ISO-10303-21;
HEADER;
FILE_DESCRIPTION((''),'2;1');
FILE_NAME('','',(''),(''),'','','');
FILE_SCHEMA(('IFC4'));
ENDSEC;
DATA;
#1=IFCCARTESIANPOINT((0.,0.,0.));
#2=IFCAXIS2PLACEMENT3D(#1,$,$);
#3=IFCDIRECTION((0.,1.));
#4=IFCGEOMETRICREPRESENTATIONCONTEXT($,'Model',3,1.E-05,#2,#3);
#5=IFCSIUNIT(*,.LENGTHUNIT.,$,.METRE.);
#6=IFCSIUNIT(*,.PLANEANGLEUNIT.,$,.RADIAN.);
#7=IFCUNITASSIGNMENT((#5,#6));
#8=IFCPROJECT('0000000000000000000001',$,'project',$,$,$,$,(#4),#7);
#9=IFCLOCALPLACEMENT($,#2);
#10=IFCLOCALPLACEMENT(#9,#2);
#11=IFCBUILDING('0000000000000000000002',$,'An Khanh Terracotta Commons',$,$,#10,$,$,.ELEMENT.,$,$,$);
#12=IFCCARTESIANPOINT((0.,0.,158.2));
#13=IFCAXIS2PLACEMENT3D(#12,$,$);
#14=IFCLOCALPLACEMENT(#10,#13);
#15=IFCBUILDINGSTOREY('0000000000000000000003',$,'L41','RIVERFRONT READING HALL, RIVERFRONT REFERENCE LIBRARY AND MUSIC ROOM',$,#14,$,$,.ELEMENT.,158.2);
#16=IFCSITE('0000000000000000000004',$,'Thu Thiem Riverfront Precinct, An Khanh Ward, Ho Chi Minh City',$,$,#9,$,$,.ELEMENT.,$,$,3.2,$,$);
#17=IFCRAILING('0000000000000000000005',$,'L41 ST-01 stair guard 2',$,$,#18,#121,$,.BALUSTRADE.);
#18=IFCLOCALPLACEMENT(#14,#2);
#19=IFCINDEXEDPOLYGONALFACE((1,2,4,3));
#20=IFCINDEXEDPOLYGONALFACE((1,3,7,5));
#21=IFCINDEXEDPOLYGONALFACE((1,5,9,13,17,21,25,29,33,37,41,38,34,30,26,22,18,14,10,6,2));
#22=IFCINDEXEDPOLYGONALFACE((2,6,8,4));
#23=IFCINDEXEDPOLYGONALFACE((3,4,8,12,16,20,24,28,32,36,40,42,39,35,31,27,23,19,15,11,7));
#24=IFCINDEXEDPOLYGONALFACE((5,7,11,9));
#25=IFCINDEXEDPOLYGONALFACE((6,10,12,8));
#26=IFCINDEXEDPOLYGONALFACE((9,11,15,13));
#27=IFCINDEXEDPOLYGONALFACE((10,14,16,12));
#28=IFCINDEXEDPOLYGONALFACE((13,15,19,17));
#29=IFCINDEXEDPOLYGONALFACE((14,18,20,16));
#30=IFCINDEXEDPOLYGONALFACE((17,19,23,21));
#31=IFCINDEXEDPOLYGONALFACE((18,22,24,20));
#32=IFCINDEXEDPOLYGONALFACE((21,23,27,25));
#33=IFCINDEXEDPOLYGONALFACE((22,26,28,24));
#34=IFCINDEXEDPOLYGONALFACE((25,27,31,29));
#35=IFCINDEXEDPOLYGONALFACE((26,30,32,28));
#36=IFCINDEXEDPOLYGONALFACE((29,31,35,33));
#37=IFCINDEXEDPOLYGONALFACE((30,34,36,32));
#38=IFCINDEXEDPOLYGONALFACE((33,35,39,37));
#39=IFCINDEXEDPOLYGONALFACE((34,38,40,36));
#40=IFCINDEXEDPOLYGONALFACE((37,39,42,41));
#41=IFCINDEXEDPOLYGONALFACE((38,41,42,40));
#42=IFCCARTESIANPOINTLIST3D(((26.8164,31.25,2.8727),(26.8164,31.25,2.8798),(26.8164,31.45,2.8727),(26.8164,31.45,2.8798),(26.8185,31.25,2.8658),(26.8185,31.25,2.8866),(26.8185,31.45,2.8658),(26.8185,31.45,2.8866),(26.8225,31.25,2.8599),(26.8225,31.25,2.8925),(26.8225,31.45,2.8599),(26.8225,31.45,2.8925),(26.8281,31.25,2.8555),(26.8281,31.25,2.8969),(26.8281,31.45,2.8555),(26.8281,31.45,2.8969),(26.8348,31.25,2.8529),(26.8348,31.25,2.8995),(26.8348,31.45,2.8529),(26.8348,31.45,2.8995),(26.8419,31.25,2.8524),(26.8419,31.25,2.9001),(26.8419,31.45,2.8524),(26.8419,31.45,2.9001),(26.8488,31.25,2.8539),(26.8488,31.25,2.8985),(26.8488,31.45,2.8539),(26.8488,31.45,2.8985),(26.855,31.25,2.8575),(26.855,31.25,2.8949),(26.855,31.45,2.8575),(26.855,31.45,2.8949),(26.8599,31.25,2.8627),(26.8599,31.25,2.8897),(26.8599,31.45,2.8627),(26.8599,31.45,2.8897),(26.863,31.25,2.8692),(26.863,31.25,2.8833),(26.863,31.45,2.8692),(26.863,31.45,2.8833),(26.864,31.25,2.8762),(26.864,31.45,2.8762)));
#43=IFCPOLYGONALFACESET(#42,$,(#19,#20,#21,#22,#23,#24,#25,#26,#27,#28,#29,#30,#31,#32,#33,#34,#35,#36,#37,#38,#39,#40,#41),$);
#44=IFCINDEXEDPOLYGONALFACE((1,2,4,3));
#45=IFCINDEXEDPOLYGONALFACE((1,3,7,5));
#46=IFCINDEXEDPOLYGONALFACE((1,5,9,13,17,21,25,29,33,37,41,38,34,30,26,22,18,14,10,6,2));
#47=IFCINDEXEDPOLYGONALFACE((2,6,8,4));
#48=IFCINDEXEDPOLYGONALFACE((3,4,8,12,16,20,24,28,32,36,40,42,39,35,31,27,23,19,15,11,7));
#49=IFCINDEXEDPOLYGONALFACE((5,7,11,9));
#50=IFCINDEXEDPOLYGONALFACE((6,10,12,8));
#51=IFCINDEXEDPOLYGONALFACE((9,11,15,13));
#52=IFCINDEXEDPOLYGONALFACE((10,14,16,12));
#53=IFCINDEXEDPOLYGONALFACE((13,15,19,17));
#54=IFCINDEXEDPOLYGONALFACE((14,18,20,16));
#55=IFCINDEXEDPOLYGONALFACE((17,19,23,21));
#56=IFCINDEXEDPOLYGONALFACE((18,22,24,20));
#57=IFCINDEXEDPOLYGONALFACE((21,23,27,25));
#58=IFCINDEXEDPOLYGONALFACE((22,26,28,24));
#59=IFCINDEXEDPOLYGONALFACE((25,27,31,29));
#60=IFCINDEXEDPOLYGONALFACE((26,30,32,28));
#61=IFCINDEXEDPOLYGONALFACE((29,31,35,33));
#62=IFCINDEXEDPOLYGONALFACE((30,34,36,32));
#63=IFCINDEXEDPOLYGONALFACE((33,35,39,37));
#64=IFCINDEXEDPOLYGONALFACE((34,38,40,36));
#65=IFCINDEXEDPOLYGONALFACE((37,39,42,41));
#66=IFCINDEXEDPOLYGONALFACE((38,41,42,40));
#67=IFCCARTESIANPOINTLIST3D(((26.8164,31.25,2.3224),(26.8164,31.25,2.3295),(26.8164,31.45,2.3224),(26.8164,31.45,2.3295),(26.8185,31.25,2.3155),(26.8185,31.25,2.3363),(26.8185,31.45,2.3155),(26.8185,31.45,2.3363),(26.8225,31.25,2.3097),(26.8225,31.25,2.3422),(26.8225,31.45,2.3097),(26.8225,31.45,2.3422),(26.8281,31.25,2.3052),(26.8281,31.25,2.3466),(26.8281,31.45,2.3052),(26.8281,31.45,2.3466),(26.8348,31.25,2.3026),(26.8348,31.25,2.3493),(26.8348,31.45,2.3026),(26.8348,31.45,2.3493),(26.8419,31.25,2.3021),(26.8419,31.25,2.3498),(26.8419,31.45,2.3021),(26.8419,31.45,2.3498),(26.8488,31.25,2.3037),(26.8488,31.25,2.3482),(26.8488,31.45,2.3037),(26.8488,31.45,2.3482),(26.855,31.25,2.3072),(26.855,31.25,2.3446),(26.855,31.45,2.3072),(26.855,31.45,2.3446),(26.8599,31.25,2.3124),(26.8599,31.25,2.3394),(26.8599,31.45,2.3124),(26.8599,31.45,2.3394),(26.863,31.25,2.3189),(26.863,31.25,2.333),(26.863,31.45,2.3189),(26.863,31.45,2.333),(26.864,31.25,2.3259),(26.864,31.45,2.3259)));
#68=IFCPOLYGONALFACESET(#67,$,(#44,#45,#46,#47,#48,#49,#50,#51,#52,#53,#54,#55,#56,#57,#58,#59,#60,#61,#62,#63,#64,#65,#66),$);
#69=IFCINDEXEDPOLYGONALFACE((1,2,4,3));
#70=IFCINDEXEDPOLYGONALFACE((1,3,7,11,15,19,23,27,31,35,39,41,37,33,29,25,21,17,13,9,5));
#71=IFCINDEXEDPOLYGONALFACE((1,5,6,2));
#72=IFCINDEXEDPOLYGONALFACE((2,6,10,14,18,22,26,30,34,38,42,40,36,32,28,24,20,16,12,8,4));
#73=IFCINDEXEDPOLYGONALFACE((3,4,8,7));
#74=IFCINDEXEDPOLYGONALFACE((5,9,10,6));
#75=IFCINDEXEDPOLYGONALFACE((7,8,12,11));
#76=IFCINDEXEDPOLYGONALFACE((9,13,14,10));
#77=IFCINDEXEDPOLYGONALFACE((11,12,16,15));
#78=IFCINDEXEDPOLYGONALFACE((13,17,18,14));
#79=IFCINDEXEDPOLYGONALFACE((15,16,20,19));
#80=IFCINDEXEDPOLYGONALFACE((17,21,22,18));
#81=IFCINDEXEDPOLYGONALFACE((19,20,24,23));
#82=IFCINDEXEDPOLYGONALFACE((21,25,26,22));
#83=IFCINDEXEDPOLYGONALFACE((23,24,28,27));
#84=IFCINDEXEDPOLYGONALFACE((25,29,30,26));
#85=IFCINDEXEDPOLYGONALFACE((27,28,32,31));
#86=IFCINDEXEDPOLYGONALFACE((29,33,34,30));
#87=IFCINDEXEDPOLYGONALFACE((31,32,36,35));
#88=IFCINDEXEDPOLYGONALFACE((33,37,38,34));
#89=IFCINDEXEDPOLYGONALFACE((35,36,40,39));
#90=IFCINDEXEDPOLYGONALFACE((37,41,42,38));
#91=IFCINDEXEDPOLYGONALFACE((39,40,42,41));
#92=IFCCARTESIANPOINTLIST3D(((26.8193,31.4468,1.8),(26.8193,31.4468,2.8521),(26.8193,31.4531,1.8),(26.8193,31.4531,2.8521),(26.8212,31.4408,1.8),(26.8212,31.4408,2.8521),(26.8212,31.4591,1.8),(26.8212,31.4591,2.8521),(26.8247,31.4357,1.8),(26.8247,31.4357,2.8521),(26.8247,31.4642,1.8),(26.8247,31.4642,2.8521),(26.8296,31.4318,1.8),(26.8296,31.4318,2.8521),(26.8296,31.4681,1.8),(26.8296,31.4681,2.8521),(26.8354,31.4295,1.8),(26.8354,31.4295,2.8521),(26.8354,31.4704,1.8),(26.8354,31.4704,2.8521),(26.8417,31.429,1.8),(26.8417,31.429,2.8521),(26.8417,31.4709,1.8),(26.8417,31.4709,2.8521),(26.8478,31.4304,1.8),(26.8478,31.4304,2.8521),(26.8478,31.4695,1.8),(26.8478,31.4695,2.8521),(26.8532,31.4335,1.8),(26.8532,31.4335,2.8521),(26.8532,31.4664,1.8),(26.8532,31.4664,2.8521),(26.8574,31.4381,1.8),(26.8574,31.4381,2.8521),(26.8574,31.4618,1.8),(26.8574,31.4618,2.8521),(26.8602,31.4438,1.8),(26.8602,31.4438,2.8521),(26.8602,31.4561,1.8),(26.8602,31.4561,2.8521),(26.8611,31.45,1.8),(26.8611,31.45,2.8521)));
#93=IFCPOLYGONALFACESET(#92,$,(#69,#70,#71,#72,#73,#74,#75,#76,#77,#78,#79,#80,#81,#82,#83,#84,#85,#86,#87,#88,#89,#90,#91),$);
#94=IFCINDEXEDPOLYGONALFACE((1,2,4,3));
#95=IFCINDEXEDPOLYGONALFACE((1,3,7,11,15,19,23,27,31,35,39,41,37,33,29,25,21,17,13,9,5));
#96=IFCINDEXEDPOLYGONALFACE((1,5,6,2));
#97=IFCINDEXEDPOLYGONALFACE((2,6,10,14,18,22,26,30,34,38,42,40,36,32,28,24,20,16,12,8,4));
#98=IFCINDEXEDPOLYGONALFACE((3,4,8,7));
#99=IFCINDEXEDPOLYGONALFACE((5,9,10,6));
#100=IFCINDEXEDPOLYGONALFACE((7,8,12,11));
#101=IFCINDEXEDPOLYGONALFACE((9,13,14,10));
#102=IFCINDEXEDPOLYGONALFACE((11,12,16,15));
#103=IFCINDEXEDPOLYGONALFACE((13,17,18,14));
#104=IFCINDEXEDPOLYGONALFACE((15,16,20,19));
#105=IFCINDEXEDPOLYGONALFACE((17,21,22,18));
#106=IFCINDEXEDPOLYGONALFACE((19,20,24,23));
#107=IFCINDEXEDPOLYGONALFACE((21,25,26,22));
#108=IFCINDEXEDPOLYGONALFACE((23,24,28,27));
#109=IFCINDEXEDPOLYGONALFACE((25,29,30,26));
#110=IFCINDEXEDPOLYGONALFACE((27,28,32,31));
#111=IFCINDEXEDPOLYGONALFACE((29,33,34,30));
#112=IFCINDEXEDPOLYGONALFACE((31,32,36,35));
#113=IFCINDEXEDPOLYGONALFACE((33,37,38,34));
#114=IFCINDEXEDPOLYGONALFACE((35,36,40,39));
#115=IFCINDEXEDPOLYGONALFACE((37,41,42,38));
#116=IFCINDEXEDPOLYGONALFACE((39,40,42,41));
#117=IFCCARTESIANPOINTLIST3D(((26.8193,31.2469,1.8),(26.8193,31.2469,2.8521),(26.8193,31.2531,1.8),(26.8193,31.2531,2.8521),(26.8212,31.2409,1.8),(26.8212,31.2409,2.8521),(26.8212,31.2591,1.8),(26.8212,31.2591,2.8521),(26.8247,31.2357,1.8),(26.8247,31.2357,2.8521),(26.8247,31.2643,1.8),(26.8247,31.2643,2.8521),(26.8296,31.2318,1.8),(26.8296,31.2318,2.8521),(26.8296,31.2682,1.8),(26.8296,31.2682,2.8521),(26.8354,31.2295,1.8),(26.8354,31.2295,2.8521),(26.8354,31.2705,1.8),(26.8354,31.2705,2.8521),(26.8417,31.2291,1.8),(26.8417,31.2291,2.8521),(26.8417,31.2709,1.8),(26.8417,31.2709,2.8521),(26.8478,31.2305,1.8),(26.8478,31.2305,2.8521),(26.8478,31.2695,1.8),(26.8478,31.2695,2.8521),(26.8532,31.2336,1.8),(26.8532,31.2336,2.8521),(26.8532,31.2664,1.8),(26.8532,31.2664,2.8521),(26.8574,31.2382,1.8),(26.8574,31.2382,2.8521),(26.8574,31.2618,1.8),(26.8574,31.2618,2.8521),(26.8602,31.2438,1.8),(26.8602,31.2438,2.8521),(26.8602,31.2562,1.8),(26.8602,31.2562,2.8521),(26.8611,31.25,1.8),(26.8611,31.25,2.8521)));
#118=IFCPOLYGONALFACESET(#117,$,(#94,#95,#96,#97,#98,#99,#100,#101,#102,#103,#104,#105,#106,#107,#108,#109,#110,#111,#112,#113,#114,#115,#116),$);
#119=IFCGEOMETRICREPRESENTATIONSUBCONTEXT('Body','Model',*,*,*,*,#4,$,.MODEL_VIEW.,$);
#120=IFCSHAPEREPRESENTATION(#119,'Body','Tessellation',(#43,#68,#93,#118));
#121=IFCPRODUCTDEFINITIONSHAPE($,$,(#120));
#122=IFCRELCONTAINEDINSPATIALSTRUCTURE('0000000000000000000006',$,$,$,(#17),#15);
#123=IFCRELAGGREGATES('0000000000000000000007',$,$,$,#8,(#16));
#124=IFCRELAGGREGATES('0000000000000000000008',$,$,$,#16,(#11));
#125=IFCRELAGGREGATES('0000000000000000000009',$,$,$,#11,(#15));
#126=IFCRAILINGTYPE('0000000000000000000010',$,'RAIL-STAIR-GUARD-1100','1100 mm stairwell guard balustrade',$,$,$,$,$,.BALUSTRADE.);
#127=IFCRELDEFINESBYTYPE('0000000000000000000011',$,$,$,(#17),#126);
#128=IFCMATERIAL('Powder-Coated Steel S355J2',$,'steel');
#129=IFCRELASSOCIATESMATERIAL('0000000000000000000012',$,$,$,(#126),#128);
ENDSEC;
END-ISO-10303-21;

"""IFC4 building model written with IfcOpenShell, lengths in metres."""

from ifc_helpers import new_model, si_unit, direction, frame, origin, origin_2d, place, context, subcontext, project, spatial, circle, extrude, material, type_object, element, save


model = new_model("IFC4")

# Units and contexts
model_context = context("Model", 3, precision=1e-05, world=origin(), true_north=direction((0.0, 1.0)))
body_context = subcontext(model_context, "Body", "Model", "MODEL_VIEW")
ifc_project = project(units=[si_unit("LENGTHUNIT", "METRE"), si_unit("PLANEANGLEUNIT", "RADIAN")], contexts=[model_context])

# Site, building, storey
site_placement = place(None, origin())
site = spatial("IfcSite", under=ifc_project, at=site_placement, Name="Thu Thiem Riverfront Precinct, An Khanh Ward, Ho Chi Minh City", CompositionType="ELEMENT", RefElevation=3.2)
building_placement = place(site_placement, origin())
building = spatial("IfcBuilding", under=site, at=building_placement, Name="An Khanh Terracotta Commons", CompositionType="ELEMENT")
storey_placement = place(building_placement, frame((0.0, 0.0, 158.2)))
storey = spatial("IfcBuildingStorey", under=building, at=storey_placement, Name="L41", Description="RIVERFRONT READING HALL, RIVERFRONT REFERENCE LIBRARY AND MUSIC ROOM", CompositionType="ELEMENT", Elevation=158.2)

# Railing
ifc_material_1 = material(Name="Powder-Coated Steel S355J2", Category="steel")
railing_type_1 = type_object("IfcRailingType", Name="RAIL-STAIR-GUARD-1100", Description="1100 mm stairwell guard balustrade", PredefinedType="BALUSTRADE", material=ifc_material_1)
railing_1_placement = place(storey_placement, frame((26.8401, 31.45, 1.8)))
element("IfcRailing", 1, at=railing_1_placement, inside=storey, type_object=railing_type_1, Name="L41 ST-01 stair guard 2", PredefinedType="BALUSTRADE", context=body_context, shape_type="SweptSolid", body=[
    extrude(circle(Radius=0.0239, at=origin_2d()), frame((0.0, 0.0, 1.0762), z_axis=(0.0, -1.0, 0.0), x_axis=(1.0, 0.0, 0.0)), (0.0, 0.0, 1.0), 0.2),
    extrude(circle(Radius=0.0239, at=origin_2d()), frame((0.0, 0.0, 0.5259), z_axis=(0.0, -1.0, 0.0), x_axis=(1.0, 0.0, 0.0)), (0.0, 0.0, 1.0), 0.2),
    extrude(circle(Radius=0.021, at=origin_2d()), origin(), (0.0, 0.0, 1.0), 1.052),
    extrude(circle(Radius=0.021, at=origin_2d()), frame((0.0, -0.2, 0.0)), (0.0, 0.0, 1.0), 1.052),
])

save(model, "model.ifc")
